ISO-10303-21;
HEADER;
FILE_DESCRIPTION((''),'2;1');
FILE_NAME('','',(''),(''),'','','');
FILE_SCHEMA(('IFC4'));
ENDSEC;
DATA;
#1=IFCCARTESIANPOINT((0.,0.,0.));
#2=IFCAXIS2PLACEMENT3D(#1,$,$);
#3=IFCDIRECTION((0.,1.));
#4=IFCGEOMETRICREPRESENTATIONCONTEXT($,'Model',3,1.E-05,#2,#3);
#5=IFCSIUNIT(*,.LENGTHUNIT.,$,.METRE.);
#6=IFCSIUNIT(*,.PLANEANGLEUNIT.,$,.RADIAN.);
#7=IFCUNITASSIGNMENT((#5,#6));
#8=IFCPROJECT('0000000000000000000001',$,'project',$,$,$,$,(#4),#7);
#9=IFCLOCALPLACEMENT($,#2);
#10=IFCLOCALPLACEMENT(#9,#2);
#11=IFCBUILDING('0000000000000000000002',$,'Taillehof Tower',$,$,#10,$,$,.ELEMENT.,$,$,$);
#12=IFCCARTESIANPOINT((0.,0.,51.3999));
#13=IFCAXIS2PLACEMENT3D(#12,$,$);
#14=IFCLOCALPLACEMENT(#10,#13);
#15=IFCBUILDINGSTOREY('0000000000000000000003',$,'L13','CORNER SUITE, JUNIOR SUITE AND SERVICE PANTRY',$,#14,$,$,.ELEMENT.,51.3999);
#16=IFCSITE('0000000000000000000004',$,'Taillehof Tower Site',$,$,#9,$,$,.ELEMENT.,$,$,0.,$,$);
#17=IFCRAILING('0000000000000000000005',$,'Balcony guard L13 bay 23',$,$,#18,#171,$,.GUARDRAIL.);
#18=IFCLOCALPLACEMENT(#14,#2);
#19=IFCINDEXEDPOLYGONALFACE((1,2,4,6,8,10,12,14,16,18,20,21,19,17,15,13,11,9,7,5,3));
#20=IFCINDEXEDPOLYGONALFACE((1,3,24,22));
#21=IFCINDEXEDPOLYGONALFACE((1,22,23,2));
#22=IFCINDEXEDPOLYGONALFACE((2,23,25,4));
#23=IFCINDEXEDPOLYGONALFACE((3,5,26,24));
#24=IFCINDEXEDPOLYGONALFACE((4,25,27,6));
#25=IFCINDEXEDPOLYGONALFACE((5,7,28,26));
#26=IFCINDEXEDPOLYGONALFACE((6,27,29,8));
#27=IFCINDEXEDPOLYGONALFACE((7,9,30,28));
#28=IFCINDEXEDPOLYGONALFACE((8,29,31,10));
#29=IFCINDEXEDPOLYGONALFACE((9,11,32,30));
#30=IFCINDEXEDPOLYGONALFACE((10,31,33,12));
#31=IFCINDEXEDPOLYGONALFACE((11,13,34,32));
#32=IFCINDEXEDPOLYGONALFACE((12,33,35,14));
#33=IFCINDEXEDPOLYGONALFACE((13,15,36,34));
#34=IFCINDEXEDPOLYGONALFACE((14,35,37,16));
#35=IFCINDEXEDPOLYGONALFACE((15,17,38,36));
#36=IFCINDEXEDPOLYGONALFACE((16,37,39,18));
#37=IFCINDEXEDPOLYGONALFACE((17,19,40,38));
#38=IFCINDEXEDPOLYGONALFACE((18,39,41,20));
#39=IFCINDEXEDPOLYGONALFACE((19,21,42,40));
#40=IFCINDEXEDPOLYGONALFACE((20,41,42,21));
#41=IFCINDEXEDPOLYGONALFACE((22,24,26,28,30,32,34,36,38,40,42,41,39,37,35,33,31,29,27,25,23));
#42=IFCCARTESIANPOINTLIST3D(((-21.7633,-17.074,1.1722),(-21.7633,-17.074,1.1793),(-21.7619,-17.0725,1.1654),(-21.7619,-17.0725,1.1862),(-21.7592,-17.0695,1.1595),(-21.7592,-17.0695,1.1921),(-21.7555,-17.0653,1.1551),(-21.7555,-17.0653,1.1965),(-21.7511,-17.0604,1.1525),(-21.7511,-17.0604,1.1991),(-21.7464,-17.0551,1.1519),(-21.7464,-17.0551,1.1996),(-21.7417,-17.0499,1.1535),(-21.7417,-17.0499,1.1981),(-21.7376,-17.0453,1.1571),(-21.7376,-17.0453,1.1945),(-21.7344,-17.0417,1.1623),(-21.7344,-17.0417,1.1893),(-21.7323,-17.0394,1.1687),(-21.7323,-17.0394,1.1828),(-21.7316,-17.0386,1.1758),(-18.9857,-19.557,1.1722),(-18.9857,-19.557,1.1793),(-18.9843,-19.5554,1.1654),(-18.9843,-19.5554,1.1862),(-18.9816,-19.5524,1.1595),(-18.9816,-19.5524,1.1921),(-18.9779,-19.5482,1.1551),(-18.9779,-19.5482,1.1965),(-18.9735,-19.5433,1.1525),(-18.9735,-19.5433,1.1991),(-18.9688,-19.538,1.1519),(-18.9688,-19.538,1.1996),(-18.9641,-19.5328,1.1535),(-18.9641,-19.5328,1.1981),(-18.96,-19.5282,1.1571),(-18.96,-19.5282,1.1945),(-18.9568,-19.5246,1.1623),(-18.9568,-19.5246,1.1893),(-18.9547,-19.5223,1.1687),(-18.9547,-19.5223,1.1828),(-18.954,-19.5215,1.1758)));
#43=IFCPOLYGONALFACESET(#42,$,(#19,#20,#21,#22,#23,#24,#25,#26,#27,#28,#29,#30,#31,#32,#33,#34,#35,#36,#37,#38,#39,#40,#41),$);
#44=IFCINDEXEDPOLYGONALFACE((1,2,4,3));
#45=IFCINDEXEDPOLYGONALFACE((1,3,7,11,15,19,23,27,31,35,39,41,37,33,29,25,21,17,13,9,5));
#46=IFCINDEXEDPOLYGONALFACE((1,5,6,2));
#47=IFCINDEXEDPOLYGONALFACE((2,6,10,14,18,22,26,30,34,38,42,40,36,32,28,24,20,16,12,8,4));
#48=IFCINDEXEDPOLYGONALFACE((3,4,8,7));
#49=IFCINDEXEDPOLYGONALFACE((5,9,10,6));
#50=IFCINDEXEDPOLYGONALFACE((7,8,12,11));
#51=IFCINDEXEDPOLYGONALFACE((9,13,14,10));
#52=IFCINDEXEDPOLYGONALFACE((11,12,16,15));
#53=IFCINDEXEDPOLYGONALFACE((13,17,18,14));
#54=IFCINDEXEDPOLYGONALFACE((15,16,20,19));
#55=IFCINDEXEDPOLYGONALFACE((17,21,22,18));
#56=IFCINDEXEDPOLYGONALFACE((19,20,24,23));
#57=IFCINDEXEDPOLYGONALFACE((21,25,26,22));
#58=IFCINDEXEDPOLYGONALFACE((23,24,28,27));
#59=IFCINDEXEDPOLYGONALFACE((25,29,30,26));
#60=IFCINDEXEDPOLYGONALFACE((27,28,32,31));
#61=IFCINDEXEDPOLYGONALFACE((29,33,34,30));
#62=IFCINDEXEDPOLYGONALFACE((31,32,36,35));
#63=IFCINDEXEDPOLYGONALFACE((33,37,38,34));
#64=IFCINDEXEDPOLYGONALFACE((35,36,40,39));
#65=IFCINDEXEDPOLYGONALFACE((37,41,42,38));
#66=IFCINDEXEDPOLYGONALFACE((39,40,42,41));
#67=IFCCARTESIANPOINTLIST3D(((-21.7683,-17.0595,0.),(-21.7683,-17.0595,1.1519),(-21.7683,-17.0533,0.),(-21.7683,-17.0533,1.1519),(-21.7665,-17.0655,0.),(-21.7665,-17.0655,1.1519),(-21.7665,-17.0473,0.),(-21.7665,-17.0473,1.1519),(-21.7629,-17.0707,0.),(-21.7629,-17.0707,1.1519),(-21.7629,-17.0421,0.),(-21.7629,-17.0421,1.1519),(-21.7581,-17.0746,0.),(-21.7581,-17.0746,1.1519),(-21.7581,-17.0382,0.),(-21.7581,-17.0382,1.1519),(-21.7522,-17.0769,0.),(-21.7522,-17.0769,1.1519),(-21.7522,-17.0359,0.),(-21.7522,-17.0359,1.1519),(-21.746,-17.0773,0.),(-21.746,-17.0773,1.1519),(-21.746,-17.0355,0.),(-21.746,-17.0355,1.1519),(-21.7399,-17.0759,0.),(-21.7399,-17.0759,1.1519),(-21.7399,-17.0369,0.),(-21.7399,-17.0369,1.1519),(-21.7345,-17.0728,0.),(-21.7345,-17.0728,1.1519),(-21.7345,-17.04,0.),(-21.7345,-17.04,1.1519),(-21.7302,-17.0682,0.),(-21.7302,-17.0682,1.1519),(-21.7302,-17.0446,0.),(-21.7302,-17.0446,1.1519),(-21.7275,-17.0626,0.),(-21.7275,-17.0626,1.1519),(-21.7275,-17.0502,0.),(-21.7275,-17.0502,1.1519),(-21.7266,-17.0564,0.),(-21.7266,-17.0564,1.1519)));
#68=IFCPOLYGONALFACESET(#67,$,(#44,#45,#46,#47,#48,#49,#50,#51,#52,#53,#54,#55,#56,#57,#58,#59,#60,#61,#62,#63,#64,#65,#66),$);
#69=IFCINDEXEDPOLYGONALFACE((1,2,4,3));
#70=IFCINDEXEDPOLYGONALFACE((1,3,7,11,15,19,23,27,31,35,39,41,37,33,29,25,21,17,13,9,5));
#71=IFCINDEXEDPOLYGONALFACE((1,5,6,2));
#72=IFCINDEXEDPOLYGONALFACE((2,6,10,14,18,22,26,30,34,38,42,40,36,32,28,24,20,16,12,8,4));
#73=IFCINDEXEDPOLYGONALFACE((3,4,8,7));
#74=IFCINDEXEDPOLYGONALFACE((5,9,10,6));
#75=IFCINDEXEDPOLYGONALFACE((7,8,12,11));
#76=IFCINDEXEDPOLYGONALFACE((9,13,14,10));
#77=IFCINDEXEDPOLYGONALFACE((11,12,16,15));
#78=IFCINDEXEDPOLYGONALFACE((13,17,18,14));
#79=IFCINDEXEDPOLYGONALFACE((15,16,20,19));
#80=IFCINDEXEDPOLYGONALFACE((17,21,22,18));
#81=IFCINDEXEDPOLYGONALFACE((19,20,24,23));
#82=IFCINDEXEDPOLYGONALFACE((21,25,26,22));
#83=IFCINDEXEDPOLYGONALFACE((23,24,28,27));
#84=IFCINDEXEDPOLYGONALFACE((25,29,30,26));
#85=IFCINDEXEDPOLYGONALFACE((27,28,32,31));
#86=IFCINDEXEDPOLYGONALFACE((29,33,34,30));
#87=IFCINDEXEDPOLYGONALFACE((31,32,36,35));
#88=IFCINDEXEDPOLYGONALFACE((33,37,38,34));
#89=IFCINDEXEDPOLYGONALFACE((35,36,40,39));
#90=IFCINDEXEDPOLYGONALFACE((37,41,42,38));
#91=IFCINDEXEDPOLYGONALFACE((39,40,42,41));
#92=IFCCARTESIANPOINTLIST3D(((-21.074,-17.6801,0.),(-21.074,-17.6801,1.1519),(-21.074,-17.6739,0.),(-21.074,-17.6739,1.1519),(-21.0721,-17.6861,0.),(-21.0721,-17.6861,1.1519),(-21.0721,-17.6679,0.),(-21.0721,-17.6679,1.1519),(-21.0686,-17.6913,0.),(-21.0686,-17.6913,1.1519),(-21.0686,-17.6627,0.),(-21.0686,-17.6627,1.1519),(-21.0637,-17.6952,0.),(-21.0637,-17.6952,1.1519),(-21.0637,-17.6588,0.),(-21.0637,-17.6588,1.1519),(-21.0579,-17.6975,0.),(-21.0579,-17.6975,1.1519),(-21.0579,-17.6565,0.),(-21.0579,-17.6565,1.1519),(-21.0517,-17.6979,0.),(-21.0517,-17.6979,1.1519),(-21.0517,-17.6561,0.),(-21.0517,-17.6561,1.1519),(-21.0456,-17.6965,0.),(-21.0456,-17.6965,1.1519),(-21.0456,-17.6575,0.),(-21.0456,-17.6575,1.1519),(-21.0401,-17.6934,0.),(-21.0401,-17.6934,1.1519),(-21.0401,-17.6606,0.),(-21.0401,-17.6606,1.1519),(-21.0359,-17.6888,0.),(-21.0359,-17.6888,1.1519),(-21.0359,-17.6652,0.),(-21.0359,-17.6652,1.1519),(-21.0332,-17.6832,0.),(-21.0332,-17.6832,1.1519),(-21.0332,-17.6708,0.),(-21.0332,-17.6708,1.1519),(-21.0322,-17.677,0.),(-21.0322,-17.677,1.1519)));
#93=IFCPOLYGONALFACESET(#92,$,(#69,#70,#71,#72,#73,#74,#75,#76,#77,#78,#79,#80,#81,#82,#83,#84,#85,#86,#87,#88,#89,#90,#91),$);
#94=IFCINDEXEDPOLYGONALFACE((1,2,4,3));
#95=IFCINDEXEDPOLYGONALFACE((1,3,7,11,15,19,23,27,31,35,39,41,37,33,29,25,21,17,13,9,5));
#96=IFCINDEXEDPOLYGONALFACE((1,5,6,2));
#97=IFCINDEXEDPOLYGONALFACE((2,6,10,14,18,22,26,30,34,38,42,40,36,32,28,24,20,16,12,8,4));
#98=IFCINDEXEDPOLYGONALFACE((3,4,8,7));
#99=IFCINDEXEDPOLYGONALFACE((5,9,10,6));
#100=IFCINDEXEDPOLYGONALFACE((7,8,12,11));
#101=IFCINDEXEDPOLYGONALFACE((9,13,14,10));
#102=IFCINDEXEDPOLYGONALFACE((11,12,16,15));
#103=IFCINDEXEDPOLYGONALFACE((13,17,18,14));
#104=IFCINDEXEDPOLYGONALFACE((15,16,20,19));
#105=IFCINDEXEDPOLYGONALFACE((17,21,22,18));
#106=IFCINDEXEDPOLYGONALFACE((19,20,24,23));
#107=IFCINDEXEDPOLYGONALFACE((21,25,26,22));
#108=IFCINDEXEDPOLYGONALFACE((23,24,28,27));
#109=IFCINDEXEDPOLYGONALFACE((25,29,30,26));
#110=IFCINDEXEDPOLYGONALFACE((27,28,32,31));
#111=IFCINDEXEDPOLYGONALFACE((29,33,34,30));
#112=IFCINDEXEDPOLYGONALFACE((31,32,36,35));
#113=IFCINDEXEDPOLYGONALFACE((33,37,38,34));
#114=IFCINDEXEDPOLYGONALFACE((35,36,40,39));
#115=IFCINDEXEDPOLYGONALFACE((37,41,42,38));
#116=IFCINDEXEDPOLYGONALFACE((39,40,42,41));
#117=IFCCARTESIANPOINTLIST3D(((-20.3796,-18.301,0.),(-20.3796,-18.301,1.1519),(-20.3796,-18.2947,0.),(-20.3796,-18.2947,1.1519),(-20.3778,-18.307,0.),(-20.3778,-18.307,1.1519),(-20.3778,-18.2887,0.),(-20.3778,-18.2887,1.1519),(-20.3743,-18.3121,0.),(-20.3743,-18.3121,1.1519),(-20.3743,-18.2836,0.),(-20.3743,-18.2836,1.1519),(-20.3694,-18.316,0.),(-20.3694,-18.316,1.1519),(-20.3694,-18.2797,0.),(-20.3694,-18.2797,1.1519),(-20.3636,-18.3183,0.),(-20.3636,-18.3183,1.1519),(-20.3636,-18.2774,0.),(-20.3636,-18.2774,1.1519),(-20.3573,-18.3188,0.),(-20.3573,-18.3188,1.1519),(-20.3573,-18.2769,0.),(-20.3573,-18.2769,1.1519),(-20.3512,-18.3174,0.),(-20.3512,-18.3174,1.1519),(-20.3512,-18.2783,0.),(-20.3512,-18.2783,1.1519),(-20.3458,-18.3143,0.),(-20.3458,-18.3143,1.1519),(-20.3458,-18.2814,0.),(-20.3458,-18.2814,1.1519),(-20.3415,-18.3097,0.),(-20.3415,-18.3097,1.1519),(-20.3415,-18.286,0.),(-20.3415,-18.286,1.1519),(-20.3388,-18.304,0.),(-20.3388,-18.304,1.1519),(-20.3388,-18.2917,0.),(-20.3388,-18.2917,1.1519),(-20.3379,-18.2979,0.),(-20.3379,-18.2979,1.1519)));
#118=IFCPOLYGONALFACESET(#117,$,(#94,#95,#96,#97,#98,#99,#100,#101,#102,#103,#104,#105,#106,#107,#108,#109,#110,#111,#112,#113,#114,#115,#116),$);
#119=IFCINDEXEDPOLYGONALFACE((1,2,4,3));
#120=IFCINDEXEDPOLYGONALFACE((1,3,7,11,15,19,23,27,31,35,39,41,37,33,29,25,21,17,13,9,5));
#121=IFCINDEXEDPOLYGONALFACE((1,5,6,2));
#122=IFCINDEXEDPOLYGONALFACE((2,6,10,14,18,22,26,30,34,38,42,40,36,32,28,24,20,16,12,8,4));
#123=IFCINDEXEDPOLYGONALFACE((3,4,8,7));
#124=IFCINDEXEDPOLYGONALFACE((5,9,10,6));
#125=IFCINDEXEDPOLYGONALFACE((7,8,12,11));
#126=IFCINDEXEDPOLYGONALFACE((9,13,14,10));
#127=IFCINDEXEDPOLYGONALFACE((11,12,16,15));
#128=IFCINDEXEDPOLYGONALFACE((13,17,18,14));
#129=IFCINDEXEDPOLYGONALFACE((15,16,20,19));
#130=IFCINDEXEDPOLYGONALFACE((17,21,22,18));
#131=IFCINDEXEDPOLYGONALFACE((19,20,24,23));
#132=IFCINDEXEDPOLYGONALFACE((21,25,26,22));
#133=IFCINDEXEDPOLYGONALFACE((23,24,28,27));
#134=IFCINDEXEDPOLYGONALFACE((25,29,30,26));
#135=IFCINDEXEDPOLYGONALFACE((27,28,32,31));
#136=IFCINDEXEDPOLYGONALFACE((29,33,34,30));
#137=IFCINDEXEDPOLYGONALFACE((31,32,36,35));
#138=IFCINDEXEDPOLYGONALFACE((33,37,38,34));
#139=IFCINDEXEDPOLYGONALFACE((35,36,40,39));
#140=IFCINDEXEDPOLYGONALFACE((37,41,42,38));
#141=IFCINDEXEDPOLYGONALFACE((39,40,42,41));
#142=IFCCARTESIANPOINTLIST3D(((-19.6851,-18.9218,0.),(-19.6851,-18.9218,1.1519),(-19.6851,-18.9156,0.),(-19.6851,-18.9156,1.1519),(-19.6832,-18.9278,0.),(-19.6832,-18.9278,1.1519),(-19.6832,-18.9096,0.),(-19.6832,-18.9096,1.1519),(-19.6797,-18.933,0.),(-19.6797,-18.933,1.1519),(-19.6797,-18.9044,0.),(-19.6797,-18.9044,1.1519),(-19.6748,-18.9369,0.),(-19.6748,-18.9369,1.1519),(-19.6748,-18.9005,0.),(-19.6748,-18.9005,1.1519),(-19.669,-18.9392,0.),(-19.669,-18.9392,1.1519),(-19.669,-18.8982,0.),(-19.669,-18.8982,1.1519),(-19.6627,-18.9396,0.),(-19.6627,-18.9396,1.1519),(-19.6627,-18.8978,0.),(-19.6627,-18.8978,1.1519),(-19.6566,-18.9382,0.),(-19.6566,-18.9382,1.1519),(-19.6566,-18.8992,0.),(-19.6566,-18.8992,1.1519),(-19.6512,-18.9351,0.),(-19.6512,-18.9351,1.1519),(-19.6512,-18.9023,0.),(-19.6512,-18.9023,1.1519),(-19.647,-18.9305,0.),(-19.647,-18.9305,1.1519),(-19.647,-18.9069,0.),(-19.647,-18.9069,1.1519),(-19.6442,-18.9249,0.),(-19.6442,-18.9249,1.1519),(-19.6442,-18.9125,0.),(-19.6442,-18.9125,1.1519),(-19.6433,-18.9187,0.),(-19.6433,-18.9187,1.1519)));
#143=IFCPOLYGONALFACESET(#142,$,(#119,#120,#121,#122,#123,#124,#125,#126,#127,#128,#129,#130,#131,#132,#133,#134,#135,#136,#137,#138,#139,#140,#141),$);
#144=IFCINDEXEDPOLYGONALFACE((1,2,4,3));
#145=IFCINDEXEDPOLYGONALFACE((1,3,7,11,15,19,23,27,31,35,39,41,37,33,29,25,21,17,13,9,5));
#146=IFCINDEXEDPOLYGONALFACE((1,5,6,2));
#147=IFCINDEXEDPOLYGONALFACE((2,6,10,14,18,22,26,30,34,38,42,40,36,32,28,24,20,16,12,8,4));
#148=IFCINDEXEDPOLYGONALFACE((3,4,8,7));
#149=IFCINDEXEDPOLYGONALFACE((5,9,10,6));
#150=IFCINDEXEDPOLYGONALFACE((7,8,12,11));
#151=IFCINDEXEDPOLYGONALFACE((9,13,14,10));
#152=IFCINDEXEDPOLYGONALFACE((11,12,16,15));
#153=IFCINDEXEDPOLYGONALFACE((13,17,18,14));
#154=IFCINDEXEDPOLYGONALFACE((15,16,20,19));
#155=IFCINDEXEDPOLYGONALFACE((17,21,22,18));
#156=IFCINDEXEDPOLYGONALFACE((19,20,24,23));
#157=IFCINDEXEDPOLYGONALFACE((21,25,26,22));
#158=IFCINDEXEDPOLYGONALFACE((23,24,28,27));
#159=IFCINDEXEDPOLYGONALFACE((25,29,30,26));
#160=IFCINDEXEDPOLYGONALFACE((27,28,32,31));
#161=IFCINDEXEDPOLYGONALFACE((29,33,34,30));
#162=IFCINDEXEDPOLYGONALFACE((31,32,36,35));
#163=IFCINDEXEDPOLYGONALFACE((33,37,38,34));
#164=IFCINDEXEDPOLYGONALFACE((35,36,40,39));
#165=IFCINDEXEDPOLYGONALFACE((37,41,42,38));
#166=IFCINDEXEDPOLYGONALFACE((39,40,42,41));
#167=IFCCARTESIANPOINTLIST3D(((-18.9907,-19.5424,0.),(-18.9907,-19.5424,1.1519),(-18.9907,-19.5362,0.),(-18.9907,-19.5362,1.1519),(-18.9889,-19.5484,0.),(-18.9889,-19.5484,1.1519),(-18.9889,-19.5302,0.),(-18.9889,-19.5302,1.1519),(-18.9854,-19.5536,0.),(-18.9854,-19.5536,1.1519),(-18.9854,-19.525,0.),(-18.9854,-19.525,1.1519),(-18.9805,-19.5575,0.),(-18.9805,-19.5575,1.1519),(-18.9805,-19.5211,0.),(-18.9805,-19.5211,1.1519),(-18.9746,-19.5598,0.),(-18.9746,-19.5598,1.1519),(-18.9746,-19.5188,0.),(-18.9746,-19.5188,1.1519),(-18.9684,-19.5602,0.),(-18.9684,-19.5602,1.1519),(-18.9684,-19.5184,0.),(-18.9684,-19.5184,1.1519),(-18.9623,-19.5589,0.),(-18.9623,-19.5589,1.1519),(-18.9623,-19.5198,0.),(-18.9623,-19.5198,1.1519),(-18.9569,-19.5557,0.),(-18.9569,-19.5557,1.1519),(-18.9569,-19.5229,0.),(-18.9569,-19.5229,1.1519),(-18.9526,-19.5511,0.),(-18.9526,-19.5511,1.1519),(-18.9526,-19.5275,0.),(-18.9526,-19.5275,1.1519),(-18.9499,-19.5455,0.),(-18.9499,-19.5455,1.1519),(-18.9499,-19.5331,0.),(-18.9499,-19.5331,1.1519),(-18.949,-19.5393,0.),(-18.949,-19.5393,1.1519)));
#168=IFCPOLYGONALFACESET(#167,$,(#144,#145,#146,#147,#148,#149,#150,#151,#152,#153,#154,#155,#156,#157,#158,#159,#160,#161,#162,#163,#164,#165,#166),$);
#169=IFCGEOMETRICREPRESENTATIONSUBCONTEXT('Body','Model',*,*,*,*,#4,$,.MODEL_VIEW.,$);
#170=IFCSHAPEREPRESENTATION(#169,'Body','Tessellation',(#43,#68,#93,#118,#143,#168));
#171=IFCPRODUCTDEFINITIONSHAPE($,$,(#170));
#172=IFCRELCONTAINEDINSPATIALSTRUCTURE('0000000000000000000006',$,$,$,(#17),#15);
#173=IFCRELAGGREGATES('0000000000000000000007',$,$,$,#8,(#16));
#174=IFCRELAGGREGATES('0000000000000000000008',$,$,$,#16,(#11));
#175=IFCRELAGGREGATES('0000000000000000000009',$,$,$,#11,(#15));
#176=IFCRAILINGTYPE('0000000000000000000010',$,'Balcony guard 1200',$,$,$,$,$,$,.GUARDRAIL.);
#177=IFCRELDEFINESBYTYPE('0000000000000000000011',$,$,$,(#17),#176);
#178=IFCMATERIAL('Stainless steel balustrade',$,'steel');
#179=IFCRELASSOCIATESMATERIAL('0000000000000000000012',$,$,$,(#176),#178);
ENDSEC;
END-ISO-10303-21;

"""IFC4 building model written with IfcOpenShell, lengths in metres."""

from ifc_helpers import new_model, si_unit, direction, frame, origin, origin_2d, place, context, subcontext, project, spatial, circle, extrude, material, type_object, element, save


model = new_model("IFC4")

# Units and contexts
model_context = context("Model", 3, precision=1e-05, world=origin(), true_north=direction((0.0, 1.0)))
body_context = subcontext(model_context, "Body", "Model", "MODEL_VIEW")
ifc_project = project(units=[si_unit("LENGTHUNIT", "METRE"), si_unit("PLANEANGLEUNIT", "RADIAN")], contexts=[model_context])

# Site, building, storey
site_placement = place(None, origin())
site = spatial("IfcSite", under=ifc_project, at=site_placement, Name="Taillehof Tower Site", CompositionType="ELEMENT", RefElevation=0.0)
building_placement = place(site_placement, origin())
building = spatial("IfcBuilding", under=site, at=building_placement, Name="Taillehof Tower", CompositionType="ELEMENT")
storey_placement = place(building_placement, frame((0.0, 0.0, 51.3999)))
storey = spatial("IfcBuildingStorey", under=building, at=storey_placement, Name="L13", Description="CORNER SUITE, JUNIOR SUITE AND SERVICE PANTRY", CompositionType="ELEMENT", Elevation=51.3999)

# Railing
ifc_material_1 = material(Name="Stainless steel balustrade", Category="steel")
railing_type = type_object("IfcRailingType", Name="Balcony guard 1200", PredefinedType="GUARDRAIL", material=ifc_material_1)
railing_1_placement = place(storey_placement, frame((-21.7476, -17.0564, 0.0)))
element("IfcRailing", 1, at=railing_1_placement, inside=storey, type_object=railing_type, Name="Balcony guard L13 bay 23", PredefinedType="GUARDRAIL", context=body_context, shape_type="SweptSolid", body=[
    extrude(circle(Radius=0.0239, at=origin_2d()), frame((0.0, 0.0, 1.1758), z_axis=(0.745548, -0.666452, 0.0), x_axis=(0.666452, 0.745548, 0.0)), (0.0, 0.0, 1.0), 3.7256),
    extrude(circle(Radius=0.021, at=origin_2d()), origin(), (0.0, 0.0, 1.0), 1.1519),
    extrude(circle(Radius=0.021, at=origin_2d()), frame((0.6943, -0.6206, 0.0)), (0.0, 0.0, 1.0), 1.1519),
    extrude(circle(Radius=0.021, at=origin_2d()), frame((1.3887, -1.2415, 0.0)), (0.0, 0.0, 1.0), 1.1519),
    extrude(circle(Radius=0.021, at=origin_2d()), frame((2.0833, -1.8623, 0.0)), (0.0, 0.0, 1.0), 1.1519),
    extrude(circle(Radius=0.021, at=origin_2d()), frame((2.7776, -2.4829, 0.0)), (0.0, 0.0, 1.0), 1.1519),
])

save(model, "model.ifc")
